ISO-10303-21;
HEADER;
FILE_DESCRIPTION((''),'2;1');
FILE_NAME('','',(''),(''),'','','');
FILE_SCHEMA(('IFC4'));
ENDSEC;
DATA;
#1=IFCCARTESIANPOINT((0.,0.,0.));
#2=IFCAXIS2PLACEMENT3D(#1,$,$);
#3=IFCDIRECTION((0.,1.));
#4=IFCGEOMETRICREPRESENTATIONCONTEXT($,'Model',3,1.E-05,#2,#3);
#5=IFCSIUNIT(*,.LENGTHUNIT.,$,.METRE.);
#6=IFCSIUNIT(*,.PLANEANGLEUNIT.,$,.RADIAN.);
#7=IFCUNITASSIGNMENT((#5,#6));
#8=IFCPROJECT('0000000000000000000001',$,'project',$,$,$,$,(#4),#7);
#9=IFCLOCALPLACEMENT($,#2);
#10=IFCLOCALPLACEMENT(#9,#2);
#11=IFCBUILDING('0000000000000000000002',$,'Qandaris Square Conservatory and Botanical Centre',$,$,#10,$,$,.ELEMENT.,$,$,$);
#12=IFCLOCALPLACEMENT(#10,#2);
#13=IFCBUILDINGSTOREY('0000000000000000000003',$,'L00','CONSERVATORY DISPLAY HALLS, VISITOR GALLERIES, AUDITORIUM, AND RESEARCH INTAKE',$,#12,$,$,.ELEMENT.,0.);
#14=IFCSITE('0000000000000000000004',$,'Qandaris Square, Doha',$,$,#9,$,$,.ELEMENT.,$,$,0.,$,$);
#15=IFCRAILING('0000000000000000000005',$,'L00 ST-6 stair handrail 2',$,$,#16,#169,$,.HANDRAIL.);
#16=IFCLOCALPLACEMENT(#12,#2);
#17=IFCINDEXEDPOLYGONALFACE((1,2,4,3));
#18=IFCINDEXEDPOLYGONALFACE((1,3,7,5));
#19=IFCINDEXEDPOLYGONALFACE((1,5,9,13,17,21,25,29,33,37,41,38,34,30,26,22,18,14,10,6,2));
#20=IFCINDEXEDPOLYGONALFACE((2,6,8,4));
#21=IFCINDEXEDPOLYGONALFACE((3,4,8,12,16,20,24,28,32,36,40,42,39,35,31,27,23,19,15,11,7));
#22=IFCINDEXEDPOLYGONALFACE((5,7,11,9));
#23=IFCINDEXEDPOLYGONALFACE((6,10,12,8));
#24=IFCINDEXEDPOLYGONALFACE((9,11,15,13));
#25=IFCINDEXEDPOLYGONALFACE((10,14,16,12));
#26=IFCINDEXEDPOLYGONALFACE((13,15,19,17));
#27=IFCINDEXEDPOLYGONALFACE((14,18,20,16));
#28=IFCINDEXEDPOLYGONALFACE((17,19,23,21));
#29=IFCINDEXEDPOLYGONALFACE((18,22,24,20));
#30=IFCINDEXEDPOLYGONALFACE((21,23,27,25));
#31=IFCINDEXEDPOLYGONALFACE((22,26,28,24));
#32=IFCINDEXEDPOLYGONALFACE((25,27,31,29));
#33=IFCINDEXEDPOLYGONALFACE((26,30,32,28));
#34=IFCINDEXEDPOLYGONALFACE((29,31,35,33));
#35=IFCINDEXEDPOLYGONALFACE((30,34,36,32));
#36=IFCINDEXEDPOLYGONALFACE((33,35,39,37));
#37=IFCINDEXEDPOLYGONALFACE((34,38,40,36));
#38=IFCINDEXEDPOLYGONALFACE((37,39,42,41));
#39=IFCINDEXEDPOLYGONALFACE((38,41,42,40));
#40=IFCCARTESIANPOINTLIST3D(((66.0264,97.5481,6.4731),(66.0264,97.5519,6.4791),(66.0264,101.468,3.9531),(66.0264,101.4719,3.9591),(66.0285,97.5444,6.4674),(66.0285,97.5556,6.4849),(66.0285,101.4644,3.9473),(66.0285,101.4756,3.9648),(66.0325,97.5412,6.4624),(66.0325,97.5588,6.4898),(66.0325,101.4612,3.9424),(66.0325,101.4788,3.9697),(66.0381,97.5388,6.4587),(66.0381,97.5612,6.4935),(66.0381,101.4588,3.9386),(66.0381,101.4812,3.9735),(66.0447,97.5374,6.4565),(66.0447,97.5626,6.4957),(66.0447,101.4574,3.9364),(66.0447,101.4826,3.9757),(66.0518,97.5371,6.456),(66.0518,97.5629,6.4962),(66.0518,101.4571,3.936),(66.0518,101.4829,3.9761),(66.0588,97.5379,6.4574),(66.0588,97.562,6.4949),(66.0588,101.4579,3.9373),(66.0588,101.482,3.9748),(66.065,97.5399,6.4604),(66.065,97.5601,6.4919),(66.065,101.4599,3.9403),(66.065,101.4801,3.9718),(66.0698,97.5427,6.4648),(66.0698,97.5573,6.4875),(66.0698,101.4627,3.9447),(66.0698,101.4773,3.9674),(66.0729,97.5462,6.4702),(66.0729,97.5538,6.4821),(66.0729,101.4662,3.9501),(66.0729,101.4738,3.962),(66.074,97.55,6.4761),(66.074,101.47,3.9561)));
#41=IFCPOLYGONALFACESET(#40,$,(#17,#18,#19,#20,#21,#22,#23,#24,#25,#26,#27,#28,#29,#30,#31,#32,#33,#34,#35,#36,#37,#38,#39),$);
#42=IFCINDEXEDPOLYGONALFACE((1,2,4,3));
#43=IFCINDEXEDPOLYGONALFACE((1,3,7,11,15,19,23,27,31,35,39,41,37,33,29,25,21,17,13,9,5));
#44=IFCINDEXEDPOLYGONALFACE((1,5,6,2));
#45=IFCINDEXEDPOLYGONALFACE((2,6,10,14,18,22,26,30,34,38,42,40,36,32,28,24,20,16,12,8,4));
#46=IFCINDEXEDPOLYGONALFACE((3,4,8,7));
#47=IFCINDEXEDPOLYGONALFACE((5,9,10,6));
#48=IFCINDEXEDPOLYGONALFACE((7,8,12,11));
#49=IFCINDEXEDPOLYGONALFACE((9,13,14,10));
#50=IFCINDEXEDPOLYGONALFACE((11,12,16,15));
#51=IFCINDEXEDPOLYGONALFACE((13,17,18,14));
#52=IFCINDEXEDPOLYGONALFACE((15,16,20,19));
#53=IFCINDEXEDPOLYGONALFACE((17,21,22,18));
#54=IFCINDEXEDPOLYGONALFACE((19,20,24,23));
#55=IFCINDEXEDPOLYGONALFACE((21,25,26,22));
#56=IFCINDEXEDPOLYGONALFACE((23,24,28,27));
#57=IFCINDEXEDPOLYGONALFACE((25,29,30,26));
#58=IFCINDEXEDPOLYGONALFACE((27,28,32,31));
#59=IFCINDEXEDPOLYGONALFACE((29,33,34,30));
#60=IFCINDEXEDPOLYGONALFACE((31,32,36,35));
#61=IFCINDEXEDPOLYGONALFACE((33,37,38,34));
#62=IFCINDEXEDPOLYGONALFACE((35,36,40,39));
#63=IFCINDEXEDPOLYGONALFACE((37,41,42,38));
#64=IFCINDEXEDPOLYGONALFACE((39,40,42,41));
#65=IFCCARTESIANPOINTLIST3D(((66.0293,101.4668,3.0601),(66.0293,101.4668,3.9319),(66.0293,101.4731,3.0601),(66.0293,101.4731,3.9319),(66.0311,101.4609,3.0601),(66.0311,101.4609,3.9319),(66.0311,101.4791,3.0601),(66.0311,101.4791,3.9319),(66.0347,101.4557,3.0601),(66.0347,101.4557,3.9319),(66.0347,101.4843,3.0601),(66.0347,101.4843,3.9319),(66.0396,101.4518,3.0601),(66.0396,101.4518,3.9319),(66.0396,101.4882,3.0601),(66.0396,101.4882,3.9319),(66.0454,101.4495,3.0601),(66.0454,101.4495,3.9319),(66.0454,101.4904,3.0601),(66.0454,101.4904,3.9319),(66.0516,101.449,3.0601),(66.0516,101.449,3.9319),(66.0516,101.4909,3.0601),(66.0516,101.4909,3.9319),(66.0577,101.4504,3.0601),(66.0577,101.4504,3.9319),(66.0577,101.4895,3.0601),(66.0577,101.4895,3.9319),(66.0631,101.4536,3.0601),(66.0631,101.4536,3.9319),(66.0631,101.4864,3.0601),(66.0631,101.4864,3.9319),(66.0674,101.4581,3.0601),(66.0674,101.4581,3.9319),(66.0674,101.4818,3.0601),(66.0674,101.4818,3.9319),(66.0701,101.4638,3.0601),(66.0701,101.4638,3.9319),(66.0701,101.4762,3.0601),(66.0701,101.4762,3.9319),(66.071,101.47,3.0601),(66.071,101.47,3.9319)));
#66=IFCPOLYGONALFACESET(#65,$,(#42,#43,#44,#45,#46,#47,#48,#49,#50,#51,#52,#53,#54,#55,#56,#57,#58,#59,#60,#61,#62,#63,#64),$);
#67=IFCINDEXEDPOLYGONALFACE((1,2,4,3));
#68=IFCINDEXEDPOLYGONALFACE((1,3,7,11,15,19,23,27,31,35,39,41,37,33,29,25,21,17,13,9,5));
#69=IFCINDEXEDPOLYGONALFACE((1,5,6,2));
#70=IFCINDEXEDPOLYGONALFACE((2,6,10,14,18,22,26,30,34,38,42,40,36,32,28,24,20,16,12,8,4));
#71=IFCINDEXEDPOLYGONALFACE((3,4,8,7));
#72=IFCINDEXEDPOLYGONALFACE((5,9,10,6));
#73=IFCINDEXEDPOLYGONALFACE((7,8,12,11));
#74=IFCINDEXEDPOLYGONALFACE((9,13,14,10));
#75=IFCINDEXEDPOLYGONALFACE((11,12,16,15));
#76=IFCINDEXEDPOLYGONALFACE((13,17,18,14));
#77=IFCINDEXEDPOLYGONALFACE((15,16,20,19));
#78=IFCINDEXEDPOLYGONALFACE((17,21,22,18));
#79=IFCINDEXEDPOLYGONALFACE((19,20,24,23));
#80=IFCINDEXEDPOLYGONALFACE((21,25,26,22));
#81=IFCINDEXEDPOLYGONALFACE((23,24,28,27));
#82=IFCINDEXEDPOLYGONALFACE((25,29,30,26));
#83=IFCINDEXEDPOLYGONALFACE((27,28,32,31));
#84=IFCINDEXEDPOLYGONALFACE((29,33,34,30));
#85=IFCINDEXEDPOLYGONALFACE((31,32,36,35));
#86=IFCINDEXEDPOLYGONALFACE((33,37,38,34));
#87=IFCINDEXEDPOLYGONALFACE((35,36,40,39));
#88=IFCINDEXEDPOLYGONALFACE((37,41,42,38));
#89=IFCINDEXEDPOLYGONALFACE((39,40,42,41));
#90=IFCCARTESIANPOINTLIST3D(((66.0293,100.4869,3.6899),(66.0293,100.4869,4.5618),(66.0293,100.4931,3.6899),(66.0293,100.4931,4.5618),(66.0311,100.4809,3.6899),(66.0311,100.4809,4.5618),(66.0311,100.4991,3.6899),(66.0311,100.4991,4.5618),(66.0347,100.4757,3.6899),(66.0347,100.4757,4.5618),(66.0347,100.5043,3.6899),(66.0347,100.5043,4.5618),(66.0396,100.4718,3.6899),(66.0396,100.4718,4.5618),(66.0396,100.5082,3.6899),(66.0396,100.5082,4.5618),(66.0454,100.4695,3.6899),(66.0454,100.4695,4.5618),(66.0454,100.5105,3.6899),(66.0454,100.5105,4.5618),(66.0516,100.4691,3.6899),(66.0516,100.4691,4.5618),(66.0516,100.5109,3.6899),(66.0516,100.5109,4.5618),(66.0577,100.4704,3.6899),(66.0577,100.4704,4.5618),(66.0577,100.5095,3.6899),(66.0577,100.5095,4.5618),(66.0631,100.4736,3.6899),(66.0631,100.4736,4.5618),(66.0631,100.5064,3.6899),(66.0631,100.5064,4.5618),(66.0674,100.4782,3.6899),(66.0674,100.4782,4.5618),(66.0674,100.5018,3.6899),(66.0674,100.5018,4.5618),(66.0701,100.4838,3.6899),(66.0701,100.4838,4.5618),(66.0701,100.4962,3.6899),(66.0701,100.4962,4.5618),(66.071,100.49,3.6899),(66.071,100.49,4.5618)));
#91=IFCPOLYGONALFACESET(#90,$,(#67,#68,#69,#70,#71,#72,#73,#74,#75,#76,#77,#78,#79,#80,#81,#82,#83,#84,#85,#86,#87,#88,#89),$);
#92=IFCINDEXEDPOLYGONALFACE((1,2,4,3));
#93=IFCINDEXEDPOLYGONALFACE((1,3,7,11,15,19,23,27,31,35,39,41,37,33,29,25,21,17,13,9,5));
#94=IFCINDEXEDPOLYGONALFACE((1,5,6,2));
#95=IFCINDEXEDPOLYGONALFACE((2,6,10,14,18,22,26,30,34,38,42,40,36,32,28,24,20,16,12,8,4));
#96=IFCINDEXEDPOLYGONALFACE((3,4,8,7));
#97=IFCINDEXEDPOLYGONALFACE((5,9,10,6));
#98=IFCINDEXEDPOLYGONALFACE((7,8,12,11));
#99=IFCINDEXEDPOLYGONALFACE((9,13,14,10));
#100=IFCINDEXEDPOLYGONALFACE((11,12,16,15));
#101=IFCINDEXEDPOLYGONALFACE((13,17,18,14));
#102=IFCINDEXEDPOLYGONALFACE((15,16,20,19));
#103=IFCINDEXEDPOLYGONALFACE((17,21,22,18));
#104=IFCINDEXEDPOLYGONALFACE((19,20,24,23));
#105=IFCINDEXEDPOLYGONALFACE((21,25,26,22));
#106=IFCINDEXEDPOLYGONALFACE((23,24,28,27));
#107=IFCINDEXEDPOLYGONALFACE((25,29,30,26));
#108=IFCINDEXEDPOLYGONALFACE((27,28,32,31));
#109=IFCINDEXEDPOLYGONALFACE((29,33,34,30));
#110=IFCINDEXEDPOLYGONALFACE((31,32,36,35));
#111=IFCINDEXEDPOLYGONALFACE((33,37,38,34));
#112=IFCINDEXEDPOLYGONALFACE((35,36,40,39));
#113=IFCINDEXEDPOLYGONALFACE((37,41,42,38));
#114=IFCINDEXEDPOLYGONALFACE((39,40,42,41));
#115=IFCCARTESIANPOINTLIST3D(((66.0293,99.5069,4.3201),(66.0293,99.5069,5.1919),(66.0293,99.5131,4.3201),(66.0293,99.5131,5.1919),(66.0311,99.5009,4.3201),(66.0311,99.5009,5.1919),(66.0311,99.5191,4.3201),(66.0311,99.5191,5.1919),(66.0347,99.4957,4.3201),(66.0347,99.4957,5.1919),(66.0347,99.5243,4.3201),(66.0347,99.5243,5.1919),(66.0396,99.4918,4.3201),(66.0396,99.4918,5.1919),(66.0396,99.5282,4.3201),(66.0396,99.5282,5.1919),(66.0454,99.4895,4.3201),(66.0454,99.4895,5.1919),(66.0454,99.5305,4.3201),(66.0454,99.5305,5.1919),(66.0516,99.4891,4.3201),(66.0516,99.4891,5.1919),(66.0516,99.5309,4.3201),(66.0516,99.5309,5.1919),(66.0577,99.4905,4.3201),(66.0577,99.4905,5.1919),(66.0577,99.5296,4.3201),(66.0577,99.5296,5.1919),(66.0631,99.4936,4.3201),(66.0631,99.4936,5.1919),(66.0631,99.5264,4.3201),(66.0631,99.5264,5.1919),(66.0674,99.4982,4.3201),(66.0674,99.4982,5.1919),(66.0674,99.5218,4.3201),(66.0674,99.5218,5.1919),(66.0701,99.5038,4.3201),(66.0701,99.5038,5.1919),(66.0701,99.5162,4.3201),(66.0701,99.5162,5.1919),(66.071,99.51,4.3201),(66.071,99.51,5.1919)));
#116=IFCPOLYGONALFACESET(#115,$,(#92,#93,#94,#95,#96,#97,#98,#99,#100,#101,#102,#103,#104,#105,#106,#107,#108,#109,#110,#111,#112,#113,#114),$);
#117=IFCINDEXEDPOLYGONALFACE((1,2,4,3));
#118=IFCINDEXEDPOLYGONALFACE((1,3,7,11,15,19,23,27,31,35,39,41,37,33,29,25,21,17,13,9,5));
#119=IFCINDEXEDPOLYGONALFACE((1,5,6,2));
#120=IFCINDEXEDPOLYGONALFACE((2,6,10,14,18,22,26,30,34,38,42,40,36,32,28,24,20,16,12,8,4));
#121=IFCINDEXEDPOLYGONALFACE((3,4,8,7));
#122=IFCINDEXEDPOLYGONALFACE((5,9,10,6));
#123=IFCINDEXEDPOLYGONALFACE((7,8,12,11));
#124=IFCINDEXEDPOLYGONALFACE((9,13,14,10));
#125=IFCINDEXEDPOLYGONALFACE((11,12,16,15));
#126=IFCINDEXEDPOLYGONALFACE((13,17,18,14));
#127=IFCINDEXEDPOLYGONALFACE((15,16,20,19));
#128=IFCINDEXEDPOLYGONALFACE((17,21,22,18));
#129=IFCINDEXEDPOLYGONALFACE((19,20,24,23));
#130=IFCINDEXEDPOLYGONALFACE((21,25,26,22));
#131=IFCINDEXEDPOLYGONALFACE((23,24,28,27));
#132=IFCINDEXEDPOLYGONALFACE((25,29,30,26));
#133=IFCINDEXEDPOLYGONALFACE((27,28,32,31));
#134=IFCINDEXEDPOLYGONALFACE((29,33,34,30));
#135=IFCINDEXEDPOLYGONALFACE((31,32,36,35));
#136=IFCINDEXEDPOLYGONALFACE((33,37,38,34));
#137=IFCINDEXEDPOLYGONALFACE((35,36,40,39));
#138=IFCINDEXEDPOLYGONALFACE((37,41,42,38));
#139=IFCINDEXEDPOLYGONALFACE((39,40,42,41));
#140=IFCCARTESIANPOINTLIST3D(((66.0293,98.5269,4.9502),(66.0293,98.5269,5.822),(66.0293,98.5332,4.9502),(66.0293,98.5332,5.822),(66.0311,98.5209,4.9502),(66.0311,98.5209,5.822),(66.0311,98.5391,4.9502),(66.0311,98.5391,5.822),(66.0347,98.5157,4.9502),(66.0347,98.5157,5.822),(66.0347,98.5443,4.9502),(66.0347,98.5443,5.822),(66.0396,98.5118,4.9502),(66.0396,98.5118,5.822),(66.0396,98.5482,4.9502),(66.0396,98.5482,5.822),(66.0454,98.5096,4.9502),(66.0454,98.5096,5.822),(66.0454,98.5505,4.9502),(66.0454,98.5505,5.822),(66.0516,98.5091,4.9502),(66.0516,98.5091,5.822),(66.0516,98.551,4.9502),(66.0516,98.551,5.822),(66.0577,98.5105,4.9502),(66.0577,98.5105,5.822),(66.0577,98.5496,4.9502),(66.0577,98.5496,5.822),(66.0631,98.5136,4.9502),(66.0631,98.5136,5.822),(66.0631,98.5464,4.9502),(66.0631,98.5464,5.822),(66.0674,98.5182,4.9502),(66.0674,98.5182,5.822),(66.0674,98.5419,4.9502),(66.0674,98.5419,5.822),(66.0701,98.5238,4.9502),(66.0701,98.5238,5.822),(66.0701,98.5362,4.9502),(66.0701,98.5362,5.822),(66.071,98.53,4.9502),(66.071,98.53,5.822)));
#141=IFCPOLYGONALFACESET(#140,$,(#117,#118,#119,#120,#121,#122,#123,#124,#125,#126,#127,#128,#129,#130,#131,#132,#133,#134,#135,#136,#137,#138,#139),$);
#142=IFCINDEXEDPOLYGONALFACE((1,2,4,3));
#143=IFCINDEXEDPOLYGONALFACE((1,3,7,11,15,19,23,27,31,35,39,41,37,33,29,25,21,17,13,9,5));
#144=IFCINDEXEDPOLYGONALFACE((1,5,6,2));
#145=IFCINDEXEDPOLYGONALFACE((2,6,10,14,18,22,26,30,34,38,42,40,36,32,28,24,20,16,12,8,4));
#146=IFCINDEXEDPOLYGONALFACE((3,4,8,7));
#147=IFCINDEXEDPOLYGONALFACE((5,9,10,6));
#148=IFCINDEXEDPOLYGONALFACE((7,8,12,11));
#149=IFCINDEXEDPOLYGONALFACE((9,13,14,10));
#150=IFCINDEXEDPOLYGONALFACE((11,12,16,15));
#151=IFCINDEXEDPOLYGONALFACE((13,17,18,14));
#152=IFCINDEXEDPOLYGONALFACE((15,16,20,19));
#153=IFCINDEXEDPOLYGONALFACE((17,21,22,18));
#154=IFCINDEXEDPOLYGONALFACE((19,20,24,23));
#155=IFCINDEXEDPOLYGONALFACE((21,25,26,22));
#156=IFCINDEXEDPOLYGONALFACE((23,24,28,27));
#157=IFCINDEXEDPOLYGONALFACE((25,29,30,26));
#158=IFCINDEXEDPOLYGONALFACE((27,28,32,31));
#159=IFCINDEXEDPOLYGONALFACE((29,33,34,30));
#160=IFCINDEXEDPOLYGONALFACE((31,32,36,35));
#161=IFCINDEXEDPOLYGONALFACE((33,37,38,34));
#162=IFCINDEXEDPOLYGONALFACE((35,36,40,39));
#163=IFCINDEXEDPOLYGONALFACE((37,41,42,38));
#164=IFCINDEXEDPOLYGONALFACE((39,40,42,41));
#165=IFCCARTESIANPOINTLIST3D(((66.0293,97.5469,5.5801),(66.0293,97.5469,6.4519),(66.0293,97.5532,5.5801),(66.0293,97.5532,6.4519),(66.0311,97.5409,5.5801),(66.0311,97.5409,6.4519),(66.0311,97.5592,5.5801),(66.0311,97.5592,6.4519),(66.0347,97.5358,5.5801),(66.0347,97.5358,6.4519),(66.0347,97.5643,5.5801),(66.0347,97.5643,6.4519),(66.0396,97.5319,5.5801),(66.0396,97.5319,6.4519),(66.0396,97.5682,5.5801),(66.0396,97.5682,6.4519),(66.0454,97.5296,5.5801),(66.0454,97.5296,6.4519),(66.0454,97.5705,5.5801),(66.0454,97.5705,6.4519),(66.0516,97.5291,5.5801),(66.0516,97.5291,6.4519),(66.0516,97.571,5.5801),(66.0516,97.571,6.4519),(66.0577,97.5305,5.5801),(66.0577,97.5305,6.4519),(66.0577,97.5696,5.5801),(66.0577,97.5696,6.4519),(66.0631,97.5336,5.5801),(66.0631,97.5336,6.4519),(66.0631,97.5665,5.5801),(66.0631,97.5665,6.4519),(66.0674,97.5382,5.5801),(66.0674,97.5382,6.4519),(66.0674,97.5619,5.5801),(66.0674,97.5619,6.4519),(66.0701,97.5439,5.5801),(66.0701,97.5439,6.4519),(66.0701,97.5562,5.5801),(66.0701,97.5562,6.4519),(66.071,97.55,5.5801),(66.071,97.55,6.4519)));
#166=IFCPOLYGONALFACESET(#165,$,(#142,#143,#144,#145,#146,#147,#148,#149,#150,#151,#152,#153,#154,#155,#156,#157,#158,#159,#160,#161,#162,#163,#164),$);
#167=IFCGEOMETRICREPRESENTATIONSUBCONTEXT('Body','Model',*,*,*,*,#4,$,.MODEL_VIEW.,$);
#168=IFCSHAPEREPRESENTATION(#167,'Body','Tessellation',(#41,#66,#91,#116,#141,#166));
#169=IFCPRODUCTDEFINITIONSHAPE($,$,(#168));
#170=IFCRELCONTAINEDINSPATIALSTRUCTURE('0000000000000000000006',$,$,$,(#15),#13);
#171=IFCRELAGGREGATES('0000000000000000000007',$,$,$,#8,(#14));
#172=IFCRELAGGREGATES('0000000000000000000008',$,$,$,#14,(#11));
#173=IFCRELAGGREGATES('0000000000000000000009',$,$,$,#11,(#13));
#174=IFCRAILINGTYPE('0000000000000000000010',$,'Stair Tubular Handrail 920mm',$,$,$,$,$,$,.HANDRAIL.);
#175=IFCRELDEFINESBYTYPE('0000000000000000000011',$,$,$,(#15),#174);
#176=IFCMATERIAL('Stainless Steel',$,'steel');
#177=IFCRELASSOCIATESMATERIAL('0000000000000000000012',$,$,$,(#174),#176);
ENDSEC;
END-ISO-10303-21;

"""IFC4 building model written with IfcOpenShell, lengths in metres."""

from ifc_helpers import new_model, si_unit, direction, frame, origin, origin_2d, place, context, subcontext, project, spatial, circle, extrude, material, type_object, element, save


model = new_model("IFC4")

# Units and contexts
model_context = context("Model", 3, precision=1e-05, world=origin(), true_north=direction((0.0, 1.0)))
body_context = subcontext(model_context, "Body", "Model", "MODEL_VIEW")
ifc_project = project(units=[si_unit("LENGTHUNIT", "METRE"), si_unit("PLANEANGLEUNIT", "RADIAN")], contexts=[model_context])

# Site, building, storey
site_placement = place(None, origin())
site = spatial("IfcSite", under=ifc_project, at=site_placement, Name="Qandaris Square, Doha", CompositionType="ELEMENT", RefElevation=0.0)
building_placement = place(site_placement, origin())
building = spatial("IfcBuilding", under=site, at=building_placement, Name="Qandaris Square Conservatory and Botanical Centre", CompositionType="ELEMENT")
storey_placement = place(building_placement, origin())
storey = spatial("IfcBuildingStorey", under=building, at=storey_placement, Name="L00", Description="CONSERVATORY DISPLAY HALLS, VISITOR GALLERIES, AUDITORIUM, AND RESEARCH INTAKE", CompositionType="ELEMENT", Elevation=0.0)

# Railing
ifc_material_1 = material(Name="Stainless Steel", Category="steel")
railing_type_1 = type_object("IfcRailingType", Name="Stair Tubular Handrail 920mm", PredefinedType="HANDRAIL", material=ifc_material_1)
railing_1_placement = place(storey_placement, frame((66.05, 101.47, 3.0601)))
element("IfcRailing", 1, at=railing_1_placement, inside=storey, type_object=railing_type_1, Name="L00 ST-6 stair handrail 2", PredefinedType="HANDRAIL", context=body_context, shape_type="SweptSolid", body=[
    extrude(circle(Radius=0.0239, at=origin_2d()), frame((0.0, 0.0, 0.896), z_axis=(0.0, -0.841172, 0.540768), x_axis=(1.0, 0.0, 0.0)), (0.0, 0.0, 1.0), 4.6602),
    extrude(circle(Radius=0.021, at=origin_2d()), origin(), (0.0, 0.0, 1.0), 0.8718),
    extrude(circle(Radius=0.021, at=origin_2d()), frame((0.0, -0.98, 0.6299)), (0.0, 0.0, 1.0), 0.8718),
    extrude(circle(Radius=0.021, at=origin_2d()), frame((0.0, -1.96, 1.26)), (0.0, 0.0, 1.0), 0.8718),
    extrude(circle(Radius=0.021, at=origin_2d()), frame((0.0, -2.9399, 1.8901)), (0.0, 0.0, 1.0), 0.8718),
    extrude(circle(Radius=0.021, at=origin_2d()), frame((0.0, -3.9199, 2.52)), (0.0, 0.0, 1.0), 0.8718),
])

save(model, "model.ifc")
